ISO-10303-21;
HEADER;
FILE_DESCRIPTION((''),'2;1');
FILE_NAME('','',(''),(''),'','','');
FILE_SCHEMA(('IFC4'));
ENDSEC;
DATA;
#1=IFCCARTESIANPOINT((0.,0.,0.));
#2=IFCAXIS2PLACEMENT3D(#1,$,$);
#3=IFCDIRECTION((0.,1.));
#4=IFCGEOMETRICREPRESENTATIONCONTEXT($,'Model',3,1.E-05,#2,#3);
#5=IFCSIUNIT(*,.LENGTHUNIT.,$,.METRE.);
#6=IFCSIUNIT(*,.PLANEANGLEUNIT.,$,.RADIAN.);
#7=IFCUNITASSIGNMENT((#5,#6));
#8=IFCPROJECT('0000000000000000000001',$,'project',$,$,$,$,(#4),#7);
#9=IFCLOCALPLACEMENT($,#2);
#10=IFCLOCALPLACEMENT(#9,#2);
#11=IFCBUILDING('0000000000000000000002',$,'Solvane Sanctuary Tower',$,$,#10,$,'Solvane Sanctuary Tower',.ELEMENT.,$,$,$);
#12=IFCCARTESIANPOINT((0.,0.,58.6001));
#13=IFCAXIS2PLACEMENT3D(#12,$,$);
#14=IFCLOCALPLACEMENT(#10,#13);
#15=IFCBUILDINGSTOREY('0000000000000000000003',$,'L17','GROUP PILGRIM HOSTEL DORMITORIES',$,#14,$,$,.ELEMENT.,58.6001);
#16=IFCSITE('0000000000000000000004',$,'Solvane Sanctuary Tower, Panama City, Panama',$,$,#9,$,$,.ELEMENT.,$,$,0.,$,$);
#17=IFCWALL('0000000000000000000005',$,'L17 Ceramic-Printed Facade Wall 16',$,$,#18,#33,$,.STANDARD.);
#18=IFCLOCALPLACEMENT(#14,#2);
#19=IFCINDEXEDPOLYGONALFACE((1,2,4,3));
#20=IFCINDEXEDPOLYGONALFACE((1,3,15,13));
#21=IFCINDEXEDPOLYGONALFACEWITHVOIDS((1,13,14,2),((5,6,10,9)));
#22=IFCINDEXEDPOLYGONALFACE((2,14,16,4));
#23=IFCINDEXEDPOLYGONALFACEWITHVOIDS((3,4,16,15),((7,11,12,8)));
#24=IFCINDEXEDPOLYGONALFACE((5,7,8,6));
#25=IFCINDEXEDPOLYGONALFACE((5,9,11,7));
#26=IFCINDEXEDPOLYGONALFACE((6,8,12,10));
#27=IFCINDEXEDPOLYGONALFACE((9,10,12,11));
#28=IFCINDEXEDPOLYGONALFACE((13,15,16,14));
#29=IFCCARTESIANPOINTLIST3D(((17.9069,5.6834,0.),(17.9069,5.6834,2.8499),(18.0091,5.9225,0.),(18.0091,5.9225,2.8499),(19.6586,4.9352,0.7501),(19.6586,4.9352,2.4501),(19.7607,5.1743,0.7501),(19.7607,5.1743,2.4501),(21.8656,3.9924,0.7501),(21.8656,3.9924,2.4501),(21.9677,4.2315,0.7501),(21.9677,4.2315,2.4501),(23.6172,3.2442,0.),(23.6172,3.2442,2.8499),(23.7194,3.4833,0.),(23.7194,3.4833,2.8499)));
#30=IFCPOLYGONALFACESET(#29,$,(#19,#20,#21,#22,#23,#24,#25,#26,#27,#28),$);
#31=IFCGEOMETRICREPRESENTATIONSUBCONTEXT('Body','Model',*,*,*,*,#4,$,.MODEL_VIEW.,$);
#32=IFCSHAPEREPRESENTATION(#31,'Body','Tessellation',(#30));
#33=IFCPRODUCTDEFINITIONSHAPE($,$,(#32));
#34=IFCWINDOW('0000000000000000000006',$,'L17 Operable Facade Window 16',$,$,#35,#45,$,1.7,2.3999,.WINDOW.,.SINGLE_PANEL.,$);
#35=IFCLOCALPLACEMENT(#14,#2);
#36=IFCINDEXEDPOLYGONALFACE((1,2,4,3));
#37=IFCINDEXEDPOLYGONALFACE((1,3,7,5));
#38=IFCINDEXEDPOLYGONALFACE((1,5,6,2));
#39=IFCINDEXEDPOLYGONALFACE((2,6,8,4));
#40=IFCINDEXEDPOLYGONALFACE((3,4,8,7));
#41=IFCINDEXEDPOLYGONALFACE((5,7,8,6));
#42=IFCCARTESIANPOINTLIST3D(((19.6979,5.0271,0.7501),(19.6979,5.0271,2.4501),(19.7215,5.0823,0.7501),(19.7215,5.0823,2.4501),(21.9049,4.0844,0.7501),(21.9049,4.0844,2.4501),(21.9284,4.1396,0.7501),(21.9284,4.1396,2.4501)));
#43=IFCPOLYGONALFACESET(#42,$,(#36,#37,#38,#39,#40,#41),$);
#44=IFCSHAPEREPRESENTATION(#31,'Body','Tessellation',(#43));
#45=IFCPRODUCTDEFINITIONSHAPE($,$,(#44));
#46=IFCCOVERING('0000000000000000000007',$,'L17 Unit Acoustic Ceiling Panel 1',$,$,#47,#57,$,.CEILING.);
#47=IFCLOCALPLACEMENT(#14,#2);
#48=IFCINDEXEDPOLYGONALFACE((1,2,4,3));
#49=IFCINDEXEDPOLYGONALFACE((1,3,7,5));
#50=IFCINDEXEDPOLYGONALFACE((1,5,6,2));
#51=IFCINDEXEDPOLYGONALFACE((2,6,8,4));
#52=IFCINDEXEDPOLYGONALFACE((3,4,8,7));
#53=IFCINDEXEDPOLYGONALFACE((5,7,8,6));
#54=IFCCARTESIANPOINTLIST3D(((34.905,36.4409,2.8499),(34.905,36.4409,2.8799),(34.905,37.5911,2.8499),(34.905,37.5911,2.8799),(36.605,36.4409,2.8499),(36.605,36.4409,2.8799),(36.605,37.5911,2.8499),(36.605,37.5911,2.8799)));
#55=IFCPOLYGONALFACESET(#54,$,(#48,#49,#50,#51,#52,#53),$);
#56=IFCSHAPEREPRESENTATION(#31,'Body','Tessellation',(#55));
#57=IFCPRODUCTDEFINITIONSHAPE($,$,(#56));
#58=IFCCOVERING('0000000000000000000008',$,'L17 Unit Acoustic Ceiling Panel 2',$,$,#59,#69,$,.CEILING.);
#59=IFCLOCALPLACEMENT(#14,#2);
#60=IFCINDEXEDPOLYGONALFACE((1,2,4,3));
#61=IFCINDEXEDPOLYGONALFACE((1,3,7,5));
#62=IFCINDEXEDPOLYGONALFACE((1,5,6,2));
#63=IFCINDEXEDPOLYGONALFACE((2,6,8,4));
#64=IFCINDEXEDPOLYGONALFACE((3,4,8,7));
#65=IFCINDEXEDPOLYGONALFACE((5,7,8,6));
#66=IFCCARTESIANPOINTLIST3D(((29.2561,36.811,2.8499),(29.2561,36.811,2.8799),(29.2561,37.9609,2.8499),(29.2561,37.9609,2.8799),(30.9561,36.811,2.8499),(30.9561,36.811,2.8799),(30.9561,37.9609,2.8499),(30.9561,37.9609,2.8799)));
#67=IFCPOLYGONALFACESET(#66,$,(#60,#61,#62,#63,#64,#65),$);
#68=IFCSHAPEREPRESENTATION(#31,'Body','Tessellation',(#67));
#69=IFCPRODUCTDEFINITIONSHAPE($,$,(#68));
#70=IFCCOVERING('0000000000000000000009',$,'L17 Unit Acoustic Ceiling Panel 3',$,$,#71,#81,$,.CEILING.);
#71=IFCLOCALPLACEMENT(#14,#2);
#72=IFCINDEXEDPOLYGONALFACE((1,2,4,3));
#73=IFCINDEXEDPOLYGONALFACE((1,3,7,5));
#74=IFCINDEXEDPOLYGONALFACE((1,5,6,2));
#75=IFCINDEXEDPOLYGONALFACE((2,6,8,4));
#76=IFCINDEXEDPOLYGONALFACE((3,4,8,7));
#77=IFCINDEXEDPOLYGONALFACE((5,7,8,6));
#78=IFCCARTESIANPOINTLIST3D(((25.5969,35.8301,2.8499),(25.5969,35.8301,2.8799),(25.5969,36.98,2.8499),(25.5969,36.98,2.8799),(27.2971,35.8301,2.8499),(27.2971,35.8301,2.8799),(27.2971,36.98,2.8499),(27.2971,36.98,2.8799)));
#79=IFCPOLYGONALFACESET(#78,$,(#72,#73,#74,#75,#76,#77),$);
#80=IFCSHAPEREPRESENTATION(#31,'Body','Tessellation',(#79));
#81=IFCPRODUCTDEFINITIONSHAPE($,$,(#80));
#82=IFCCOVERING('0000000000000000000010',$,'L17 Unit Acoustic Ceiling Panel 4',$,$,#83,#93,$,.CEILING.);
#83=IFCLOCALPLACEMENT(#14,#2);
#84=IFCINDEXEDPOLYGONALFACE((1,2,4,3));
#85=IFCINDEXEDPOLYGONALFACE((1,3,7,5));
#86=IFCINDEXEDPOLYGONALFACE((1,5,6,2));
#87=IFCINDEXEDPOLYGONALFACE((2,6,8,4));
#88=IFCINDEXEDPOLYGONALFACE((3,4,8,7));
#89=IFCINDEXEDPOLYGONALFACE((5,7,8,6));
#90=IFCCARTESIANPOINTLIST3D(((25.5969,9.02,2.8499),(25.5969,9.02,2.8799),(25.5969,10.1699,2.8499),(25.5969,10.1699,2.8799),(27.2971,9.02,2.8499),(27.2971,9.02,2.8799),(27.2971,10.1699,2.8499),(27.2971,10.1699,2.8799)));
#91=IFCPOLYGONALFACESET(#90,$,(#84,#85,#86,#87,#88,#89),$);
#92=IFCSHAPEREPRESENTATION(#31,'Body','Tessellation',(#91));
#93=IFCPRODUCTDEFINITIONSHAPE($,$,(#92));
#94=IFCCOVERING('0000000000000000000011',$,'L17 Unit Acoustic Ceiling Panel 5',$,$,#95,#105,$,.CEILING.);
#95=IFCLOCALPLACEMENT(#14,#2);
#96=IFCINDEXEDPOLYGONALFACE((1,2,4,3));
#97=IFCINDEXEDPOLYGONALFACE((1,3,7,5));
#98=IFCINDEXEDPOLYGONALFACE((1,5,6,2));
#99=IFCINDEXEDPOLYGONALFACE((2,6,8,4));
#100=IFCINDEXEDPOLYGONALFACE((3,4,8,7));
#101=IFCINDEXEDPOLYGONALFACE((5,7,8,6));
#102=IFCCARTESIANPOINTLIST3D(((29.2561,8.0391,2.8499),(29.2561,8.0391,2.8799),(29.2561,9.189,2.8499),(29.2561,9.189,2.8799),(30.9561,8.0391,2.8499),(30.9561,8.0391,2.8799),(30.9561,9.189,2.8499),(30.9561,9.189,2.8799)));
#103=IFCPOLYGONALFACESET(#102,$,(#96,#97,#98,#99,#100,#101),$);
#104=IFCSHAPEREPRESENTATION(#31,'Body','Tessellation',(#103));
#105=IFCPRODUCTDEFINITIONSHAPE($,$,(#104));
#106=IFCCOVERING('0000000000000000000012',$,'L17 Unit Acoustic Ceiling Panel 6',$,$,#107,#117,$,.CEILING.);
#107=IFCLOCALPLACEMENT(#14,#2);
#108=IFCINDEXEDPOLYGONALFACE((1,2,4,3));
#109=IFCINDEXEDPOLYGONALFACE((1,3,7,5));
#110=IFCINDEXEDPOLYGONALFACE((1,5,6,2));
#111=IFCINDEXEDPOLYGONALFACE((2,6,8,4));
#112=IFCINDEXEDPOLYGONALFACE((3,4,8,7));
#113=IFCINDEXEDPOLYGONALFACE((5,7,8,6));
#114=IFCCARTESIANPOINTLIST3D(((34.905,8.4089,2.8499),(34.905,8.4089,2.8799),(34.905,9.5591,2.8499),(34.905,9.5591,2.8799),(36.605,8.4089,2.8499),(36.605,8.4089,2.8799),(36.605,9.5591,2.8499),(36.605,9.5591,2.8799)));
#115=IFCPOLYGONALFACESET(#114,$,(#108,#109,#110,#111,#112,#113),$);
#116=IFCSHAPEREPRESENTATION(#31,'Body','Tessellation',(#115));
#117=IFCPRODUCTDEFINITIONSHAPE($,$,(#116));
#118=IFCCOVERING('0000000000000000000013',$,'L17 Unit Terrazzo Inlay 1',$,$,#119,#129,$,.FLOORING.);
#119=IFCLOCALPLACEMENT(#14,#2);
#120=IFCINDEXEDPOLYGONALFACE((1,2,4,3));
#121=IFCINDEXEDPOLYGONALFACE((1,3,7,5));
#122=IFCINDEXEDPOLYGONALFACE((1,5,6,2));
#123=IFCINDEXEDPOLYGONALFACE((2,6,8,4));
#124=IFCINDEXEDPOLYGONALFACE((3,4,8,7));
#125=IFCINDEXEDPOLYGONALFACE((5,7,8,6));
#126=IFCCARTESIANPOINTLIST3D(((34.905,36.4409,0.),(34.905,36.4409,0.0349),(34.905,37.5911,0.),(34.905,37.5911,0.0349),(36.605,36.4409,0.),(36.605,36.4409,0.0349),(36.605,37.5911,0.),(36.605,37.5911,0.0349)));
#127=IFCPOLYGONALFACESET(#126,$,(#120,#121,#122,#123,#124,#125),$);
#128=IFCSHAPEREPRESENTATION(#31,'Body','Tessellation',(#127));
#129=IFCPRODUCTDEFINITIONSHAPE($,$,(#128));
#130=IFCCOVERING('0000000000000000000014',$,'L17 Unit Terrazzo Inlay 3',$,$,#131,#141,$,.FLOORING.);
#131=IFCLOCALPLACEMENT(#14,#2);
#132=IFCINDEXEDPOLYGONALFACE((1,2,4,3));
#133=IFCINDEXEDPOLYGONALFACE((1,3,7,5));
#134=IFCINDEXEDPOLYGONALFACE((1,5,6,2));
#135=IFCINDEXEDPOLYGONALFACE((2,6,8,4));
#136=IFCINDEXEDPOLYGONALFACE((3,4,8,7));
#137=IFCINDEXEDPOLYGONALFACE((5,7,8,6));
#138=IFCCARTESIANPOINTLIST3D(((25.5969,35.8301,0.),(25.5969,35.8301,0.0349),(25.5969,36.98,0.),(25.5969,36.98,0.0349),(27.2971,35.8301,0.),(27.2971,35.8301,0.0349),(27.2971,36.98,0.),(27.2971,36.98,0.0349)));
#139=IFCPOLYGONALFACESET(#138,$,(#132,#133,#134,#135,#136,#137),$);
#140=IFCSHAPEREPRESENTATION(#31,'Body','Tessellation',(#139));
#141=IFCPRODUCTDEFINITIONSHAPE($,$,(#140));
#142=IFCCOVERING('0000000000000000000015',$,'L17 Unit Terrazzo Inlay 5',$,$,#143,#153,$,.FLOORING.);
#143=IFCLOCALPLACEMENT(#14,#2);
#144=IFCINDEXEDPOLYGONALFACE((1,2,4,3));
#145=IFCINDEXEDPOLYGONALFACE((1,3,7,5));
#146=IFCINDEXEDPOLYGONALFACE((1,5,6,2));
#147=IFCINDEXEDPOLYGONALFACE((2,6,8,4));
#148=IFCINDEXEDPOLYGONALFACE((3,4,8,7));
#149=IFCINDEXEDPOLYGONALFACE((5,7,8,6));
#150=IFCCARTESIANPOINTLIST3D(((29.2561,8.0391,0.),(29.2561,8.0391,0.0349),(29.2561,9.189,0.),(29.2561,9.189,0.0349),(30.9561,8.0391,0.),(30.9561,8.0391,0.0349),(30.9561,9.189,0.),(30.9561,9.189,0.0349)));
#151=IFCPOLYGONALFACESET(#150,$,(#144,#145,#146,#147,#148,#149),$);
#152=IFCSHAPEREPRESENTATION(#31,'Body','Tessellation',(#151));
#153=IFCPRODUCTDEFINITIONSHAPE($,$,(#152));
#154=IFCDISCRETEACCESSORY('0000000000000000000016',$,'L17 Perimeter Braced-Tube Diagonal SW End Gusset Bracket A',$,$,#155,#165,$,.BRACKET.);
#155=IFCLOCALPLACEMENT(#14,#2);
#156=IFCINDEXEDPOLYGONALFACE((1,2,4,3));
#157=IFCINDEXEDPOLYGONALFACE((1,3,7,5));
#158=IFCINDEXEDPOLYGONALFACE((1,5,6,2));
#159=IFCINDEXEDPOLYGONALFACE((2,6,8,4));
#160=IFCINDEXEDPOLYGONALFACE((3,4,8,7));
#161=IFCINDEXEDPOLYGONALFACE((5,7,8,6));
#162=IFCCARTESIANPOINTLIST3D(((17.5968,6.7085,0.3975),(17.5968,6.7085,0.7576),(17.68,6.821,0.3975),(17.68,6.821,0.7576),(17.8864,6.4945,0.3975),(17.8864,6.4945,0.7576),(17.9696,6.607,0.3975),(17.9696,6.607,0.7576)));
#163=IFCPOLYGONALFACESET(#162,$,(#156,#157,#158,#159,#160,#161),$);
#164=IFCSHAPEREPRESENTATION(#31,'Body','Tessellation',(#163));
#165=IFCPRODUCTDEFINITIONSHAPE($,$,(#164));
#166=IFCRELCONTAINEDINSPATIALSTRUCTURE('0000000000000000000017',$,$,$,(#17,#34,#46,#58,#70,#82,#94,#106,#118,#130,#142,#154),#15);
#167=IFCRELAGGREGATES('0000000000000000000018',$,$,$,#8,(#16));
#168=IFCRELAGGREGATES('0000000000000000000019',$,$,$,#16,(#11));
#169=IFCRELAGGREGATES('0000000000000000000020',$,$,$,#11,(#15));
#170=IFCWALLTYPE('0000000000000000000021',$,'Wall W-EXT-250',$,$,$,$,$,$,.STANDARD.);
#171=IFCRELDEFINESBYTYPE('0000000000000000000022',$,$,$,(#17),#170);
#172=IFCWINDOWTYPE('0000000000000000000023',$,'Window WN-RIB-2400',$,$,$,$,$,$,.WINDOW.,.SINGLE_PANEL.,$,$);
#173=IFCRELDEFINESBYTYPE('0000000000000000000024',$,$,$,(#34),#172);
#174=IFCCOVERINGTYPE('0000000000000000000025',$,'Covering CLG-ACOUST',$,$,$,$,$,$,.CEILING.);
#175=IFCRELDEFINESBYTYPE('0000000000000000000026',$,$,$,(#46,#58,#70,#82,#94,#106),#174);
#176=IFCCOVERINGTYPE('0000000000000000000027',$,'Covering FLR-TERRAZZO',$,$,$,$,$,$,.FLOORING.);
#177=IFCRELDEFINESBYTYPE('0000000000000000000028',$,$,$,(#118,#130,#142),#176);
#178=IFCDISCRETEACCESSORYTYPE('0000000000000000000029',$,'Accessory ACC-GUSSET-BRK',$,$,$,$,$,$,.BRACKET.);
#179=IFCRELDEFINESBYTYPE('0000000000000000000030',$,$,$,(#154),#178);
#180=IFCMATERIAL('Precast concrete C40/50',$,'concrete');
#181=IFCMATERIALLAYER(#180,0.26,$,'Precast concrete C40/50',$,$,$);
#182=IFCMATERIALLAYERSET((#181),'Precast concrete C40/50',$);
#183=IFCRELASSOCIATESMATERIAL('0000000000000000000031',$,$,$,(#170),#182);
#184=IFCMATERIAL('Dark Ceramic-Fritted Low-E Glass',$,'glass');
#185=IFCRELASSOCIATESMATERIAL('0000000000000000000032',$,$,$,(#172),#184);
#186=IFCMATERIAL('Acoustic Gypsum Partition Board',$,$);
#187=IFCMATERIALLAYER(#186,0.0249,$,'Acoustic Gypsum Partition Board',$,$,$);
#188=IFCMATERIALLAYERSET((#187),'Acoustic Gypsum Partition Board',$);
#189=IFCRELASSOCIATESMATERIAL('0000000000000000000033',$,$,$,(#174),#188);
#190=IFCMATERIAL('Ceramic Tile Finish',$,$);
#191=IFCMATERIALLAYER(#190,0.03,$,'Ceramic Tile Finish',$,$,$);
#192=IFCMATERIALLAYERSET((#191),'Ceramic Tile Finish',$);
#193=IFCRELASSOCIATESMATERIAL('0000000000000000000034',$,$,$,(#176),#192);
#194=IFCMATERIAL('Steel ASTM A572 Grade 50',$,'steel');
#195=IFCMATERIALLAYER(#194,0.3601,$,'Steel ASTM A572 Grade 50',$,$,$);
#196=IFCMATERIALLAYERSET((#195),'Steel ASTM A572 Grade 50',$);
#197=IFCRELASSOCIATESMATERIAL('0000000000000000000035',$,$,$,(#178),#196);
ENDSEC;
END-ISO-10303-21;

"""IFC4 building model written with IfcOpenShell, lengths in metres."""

from ifc_helpers import new_model, si_unit, direction, frame, frame_2d, origin, origin_2d, place, context, subcontext, project, spatial, polyline, rectangle, outline, extrude, material, layer, layer_set, type_object, element, fill, save


model = new_model("IFC4")

# Units and contexts
model_context = context("Model", 3, precision=1e-05, world=origin(), true_north=direction((0.0, 1.0)))
body_context = subcontext(model_context, "Body", "Model", "MODEL_VIEW")
ifc_project = project(units=[si_unit("LENGTHUNIT", "METRE"), si_unit("PLANEANGLEUNIT", "RADIAN")], contexts=[model_context])

# Site, building, storey
site_placement = place(None, origin())
site = spatial("IfcSite", under=ifc_project, at=site_placement, Name="Solvane Sanctuary Tower, Panama City, Panama", CompositionType="ELEMENT", RefElevation=0.0)
building_placement = place(site_placement, origin())
building = spatial("IfcBuilding", under=site, at=building_placement, Name="Solvane Sanctuary Tower", LongName="Solvane Sanctuary Tower", CompositionType="ELEMENT")
storey_placement = place(building_placement, frame((0.0, 0.0, 58.6001)))
storey = spatial("IfcBuildingStorey", under=building, at=storey_placement, Name="L17", Description="GROUP PILGRIM HOSTEL DORMITORIES", CompositionType="ELEMENT", Elevation=58.6001)

# Shared definitions
ifc_material_1 = material(Name="Precast concrete C40/50", Category="concrete")

# Shared definitions
ifc_layer_1 = layer(ifc_material_1, 0.26, Name="Precast concrete C40/50")
ifc_layer_set_1 = layer_set([ifc_layer_1], Name="Precast concrete C40/50")
wall_type = type_object("IfcWallType", Name="Wall W-EXT-250", PredefinedType="STANDARD", material=ifc_layer_set_1)

# Wall, opening, window
wall_1_placement = place(storey_placement, frame((17.958, 5.803, 0.0), z_axis=(0.0, 0.0, 1.0), x_axis=(0.919612, -0.392828, 0.0)))
wall_1 = element("IfcWall", 1, at=wall_1_placement, inside=storey, type_object=wall_type, Name="L17 Ceramic-Printed Facade Wall 16", PredefinedType="STANDARD", context=body_context, shape_type="SweptSolid", body=[
    extrude(rectangle(XDim=6.2095, YDim=0.26, at=frame_2d((3.1047, 0.0))), origin(), (0.0, 0.0, 1.0), 2.8499),
])
opening_placement = place(wall_1_placement, frame((1.9048, 0.0, 0.75)))
opening = element("IfcOpeningElement", 2, at=opening_placement, cuts=wall_1, PredefinedType="OPENING", context=body_context, shape_type="SweptSolid", body=[
    extrude(rectangle(XDim=2.3999, YDim=1.7, at=frame_2d((1.2, 0.8501))), frame((0.0, 0.1399, 0.0), z_axis=(0.0, -1.0, 0.0), x_axis=(1.0, 0.0, 0.0)), (0.0, 0.0, 1.0), 0.28),
])
ifc_material_2 = material(Name="Dark Ceramic-Fritted Low-E Glass", Category="glass")
window_type = type_object("IfcWindowType", Name="Window WN-RIB-2400", PartitioningType="SINGLE_PANEL", PredefinedType="WINDOW", material=ifc_material_2)
window_placement = place(opening_placement, origin())
window = element("IfcWindow", 3, at=window_placement, inside=storey, type_object=window_type, Name="L17 Operable Facade Window 16", OverallHeight=1.7, OverallWidth=2.3999, PartitioningType="SINGLE_PANEL", PredefinedType="WINDOW", context=body_context, shape_type="SweptSolid", body=[
    extrude(rectangle(XDim=2.3999, YDim=1.7, at=frame_2d((1.2, 0.8501))), frame((0.0, 0.03, 0.0), z_axis=(0.0, -1.0, 0.0), x_axis=(1.0, 0.0, 0.0)), (0.0, 0.0, 1.0), 0.0601),
])
fill(opening, window)

# Coverings
ifc_material_3 = material(Name="Acoustic Gypsum Partition Board")
ifc_layer_2 = layer(ifc_material_3, 0.0249, Name="Acoustic Gypsum Partition Board")
ifc_layer_set_2 = layer_set([ifc_layer_2], Name="Acoustic Gypsum Partition Board")
covering_type_1 = type_object("IfcCoveringType", Name="Covering CLG-ACOUST", PredefinedType="CEILING", material=ifc_layer_set_2)
covering_1_placement = place(storey_placement, frame((0.0, 0.0, 2.8499)))
element("IfcCovering", 4, at=covering_1_placement, inside=storey, type_object=covering_type_1, Name="L17 Unit Acoustic Ceiling Panel 1", PredefinedType="CEILING", context=body_context, shape_type="SweptSolid", body=[
    extrude(outline(polyline([(34.905, 36.4409), (36.605, 36.4409), (36.605, 37.5911), (34.905, 37.5911), (34.905, 36.4409)])), origin(), (0.0, 0.0, 1.0), 0.03),
])
covering_2_placement = place(storey_placement, frame((0.0, 0.0, 2.8499)))
element("IfcCovering", 5, at=covering_2_placement, inside=storey, type_object=covering_type_1, Name="L17 Unit Acoustic Ceiling Panel 2", PredefinedType="CEILING", context=body_context, shape_type="SweptSolid", body=[
    extrude(outline(polyline([(29.2561, 36.811), (30.9561, 36.811), (30.9561, 37.9609), (29.2561, 37.9609), (29.2561, 36.811)])), origin(), (0.0, 0.0, 1.0), 0.03),
])
covering_3_placement = place(storey_placement, frame((0.0, 0.0, 2.8499)))
element("IfcCovering", 6, at=covering_3_placement, inside=storey, type_object=covering_type_1, Name="L17 Unit Acoustic Ceiling Panel 3", PredefinedType="CEILING", context=body_context, shape_type="SweptSolid", body=[
    extrude(outline(polyline([(25.5969, 35.8301), (27.2971, 35.8301), (27.2971, 36.98), (25.5969, 36.98), (25.5969, 35.8301)])), origin(), (0.0, 0.0, 1.0), 0.03),
])
covering_4_placement = place(storey_placement, frame((0.0, 0.0, 2.8499)))
element("IfcCovering", 7, at=covering_4_placement, inside=storey, type_object=covering_type_1, Name="L17 Unit Acoustic Ceiling Panel 4", PredefinedType="CEILING", context=body_context, shape_type="SweptSolid", body=[
    extrude(outline(polyline([(25.5969, 9.02), (27.2971, 9.02), (27.2971, 10.1699), (25.5969, 10.1699), (25.5969, 9.02)])), origin(), (0.0, 0.0, 1.0), 0.03),
])
covering_5_placement = place(storey_placement, frame((0.0, 0.0, 2.8499)))
element("IfcCovering", 8, at=covering_5_placement, inside=storey, type_object=covering_type_1, Name="L17 Unit Acoustic Ceiling Panel 5", PredefinedType="CEILING", context=body_context, shape_type="SweptSolid", body=[
    extrude(outline(polyline([(29.2561, 8.0391), (30.9561, 8.0391), (30.9561, 9.189), (29.2561, 9.189), (29.2561, 8.0391)])), origin(), (0.0, 0.0, 1.0), 0.03),
])
covering_6_placement = place(storey_placement, frame((0.0, 0.0, 2.8499)))
element("IfcCovering", 9, at=covering_6_placement, inside=storey, type_object=covering_type_1, Name="L17 Unit Acoustic Ceiling Panel 6", PredefinedType="CEILING", context=body_context, shape_type="SweptSolid", body=[
    extrude(outline(polyline([(34.905, 8.4089), (36.605, 8.4089), (36.605, 9.5591), (34.905, 9.5591), (34.905, 8.4089)])), origin(), (0.0, 0.0, 1.0), 0.03),
])
ifc_material_4 = material(Name="Ceramic Tile Finish")
ifc_layer_3 = layer(ifc_material_4, 0.03, Name="Ceramic Tile Finish")
ifc_layer_set_3 = layer_set([ifc_layer_3], Name="Ceramic Tile Finish")
covering_type_2 = type_object("IfcCoveringType", Name="Covering FLR-TERRAZZO", PredefinedType="FLOORING", material=ifc_layer_set_3)
covering_7_placement = place(storey_placement, origin())
element("IfcCovering", 10, at=covering_7_placement, inside=storey, type_object=covering_type_2, Name="L17 Unit Terrazzo Inlay 1", PredefinedType="FLOORING", context=body_context, shape_type="SweptSolid", body=[
    extrude(outline(polyline([(34.905, 36.4409), (36.605, 36.4409), (36.605, 37.5911), (34.905, 37.5911), (34.905, 36.4409)])), origin(), (0.0, 0.0, 1.0), 0.0349),
])
covering_8_placement = place(storey_placement, origin())
element("IfcCovering", 11, at=covering_8_placement, inside=storey, type_object=covering_type_2, Name="L17 Unit Terrazzo Inlay 3", PredefinedType="FLOORING", context=body_context, shape_type="SweptSolid", body=[
    extrude(outline(polyline([(25.5969, 35.8301), (27.2971, 35.8301), (27.2971, 36.98), (25.5969, 36.98), (25.5969, 35.8301)])), origin(), (0.0, 0.0, 1.0), 0.0349),
])
covering_9_placement = place(storey_placement, origin())
element("IfcCovering", 12, at=covering_9_placement, inside=storey, type_object=covering_type_2, Name="L17 Unit Terrazzo Inlay 5", PredefinedType="FLOORING", context=body_context, shape_type="SweptSolid", body=[
    extrude(outline(polyline([(29.2561, 8.0391), (30.9561, 8.0391), (30.9561, 9.189), (29.2561, 9.189), (29.2561, 8.0391)])), origin(), (0.0, 0.0, 1.0), 0.0349),
])

# Discrete accessory
ifc_material_5 = material(Name="Steel ASTM A572 Grade 50", Category="steel")
ifc_layer_4 = layer(ifc_material_5, 0.3601, Name="Steel ASTM A572 Grade 50")
ifc_layer_set_4 = layer_set([ifc_layer_4], Name="Steel ASTM A572 Grade 50")
discrete_accessory_type = type_object("IfcDiscreteAccessoryType", Name="Accessory ACC-GUSSET-BRK", PredefinedType="BRACKET", material=ifc_layer_set_4)
discrete_accessory_placement = place(storey_placement, frame((17.7832, 6.6577, 0.3975), z_axis=(0.0, 0.0, 1.0), x_axis=(-0.804272, 0.594261, 0.0)))
element("IfcDiscreteAccessory", 13, at=discrete_accessory_placement, inside=storey, type_object=discrete_accessory_type, Name="L17 Perimeter Braced-Tube Diagonal SW End Gusset Bracket A", PredefinedType="BRACKET", context=body_context, shape_type="SweptSolid", body=[
    extrude(rectangle(XDim=0.3601, YDim=0.1399, at=origin_2d()), origin(), (0.0, 0.0, 1.0), 0.3601),
])

save(model, "model.ifc")
